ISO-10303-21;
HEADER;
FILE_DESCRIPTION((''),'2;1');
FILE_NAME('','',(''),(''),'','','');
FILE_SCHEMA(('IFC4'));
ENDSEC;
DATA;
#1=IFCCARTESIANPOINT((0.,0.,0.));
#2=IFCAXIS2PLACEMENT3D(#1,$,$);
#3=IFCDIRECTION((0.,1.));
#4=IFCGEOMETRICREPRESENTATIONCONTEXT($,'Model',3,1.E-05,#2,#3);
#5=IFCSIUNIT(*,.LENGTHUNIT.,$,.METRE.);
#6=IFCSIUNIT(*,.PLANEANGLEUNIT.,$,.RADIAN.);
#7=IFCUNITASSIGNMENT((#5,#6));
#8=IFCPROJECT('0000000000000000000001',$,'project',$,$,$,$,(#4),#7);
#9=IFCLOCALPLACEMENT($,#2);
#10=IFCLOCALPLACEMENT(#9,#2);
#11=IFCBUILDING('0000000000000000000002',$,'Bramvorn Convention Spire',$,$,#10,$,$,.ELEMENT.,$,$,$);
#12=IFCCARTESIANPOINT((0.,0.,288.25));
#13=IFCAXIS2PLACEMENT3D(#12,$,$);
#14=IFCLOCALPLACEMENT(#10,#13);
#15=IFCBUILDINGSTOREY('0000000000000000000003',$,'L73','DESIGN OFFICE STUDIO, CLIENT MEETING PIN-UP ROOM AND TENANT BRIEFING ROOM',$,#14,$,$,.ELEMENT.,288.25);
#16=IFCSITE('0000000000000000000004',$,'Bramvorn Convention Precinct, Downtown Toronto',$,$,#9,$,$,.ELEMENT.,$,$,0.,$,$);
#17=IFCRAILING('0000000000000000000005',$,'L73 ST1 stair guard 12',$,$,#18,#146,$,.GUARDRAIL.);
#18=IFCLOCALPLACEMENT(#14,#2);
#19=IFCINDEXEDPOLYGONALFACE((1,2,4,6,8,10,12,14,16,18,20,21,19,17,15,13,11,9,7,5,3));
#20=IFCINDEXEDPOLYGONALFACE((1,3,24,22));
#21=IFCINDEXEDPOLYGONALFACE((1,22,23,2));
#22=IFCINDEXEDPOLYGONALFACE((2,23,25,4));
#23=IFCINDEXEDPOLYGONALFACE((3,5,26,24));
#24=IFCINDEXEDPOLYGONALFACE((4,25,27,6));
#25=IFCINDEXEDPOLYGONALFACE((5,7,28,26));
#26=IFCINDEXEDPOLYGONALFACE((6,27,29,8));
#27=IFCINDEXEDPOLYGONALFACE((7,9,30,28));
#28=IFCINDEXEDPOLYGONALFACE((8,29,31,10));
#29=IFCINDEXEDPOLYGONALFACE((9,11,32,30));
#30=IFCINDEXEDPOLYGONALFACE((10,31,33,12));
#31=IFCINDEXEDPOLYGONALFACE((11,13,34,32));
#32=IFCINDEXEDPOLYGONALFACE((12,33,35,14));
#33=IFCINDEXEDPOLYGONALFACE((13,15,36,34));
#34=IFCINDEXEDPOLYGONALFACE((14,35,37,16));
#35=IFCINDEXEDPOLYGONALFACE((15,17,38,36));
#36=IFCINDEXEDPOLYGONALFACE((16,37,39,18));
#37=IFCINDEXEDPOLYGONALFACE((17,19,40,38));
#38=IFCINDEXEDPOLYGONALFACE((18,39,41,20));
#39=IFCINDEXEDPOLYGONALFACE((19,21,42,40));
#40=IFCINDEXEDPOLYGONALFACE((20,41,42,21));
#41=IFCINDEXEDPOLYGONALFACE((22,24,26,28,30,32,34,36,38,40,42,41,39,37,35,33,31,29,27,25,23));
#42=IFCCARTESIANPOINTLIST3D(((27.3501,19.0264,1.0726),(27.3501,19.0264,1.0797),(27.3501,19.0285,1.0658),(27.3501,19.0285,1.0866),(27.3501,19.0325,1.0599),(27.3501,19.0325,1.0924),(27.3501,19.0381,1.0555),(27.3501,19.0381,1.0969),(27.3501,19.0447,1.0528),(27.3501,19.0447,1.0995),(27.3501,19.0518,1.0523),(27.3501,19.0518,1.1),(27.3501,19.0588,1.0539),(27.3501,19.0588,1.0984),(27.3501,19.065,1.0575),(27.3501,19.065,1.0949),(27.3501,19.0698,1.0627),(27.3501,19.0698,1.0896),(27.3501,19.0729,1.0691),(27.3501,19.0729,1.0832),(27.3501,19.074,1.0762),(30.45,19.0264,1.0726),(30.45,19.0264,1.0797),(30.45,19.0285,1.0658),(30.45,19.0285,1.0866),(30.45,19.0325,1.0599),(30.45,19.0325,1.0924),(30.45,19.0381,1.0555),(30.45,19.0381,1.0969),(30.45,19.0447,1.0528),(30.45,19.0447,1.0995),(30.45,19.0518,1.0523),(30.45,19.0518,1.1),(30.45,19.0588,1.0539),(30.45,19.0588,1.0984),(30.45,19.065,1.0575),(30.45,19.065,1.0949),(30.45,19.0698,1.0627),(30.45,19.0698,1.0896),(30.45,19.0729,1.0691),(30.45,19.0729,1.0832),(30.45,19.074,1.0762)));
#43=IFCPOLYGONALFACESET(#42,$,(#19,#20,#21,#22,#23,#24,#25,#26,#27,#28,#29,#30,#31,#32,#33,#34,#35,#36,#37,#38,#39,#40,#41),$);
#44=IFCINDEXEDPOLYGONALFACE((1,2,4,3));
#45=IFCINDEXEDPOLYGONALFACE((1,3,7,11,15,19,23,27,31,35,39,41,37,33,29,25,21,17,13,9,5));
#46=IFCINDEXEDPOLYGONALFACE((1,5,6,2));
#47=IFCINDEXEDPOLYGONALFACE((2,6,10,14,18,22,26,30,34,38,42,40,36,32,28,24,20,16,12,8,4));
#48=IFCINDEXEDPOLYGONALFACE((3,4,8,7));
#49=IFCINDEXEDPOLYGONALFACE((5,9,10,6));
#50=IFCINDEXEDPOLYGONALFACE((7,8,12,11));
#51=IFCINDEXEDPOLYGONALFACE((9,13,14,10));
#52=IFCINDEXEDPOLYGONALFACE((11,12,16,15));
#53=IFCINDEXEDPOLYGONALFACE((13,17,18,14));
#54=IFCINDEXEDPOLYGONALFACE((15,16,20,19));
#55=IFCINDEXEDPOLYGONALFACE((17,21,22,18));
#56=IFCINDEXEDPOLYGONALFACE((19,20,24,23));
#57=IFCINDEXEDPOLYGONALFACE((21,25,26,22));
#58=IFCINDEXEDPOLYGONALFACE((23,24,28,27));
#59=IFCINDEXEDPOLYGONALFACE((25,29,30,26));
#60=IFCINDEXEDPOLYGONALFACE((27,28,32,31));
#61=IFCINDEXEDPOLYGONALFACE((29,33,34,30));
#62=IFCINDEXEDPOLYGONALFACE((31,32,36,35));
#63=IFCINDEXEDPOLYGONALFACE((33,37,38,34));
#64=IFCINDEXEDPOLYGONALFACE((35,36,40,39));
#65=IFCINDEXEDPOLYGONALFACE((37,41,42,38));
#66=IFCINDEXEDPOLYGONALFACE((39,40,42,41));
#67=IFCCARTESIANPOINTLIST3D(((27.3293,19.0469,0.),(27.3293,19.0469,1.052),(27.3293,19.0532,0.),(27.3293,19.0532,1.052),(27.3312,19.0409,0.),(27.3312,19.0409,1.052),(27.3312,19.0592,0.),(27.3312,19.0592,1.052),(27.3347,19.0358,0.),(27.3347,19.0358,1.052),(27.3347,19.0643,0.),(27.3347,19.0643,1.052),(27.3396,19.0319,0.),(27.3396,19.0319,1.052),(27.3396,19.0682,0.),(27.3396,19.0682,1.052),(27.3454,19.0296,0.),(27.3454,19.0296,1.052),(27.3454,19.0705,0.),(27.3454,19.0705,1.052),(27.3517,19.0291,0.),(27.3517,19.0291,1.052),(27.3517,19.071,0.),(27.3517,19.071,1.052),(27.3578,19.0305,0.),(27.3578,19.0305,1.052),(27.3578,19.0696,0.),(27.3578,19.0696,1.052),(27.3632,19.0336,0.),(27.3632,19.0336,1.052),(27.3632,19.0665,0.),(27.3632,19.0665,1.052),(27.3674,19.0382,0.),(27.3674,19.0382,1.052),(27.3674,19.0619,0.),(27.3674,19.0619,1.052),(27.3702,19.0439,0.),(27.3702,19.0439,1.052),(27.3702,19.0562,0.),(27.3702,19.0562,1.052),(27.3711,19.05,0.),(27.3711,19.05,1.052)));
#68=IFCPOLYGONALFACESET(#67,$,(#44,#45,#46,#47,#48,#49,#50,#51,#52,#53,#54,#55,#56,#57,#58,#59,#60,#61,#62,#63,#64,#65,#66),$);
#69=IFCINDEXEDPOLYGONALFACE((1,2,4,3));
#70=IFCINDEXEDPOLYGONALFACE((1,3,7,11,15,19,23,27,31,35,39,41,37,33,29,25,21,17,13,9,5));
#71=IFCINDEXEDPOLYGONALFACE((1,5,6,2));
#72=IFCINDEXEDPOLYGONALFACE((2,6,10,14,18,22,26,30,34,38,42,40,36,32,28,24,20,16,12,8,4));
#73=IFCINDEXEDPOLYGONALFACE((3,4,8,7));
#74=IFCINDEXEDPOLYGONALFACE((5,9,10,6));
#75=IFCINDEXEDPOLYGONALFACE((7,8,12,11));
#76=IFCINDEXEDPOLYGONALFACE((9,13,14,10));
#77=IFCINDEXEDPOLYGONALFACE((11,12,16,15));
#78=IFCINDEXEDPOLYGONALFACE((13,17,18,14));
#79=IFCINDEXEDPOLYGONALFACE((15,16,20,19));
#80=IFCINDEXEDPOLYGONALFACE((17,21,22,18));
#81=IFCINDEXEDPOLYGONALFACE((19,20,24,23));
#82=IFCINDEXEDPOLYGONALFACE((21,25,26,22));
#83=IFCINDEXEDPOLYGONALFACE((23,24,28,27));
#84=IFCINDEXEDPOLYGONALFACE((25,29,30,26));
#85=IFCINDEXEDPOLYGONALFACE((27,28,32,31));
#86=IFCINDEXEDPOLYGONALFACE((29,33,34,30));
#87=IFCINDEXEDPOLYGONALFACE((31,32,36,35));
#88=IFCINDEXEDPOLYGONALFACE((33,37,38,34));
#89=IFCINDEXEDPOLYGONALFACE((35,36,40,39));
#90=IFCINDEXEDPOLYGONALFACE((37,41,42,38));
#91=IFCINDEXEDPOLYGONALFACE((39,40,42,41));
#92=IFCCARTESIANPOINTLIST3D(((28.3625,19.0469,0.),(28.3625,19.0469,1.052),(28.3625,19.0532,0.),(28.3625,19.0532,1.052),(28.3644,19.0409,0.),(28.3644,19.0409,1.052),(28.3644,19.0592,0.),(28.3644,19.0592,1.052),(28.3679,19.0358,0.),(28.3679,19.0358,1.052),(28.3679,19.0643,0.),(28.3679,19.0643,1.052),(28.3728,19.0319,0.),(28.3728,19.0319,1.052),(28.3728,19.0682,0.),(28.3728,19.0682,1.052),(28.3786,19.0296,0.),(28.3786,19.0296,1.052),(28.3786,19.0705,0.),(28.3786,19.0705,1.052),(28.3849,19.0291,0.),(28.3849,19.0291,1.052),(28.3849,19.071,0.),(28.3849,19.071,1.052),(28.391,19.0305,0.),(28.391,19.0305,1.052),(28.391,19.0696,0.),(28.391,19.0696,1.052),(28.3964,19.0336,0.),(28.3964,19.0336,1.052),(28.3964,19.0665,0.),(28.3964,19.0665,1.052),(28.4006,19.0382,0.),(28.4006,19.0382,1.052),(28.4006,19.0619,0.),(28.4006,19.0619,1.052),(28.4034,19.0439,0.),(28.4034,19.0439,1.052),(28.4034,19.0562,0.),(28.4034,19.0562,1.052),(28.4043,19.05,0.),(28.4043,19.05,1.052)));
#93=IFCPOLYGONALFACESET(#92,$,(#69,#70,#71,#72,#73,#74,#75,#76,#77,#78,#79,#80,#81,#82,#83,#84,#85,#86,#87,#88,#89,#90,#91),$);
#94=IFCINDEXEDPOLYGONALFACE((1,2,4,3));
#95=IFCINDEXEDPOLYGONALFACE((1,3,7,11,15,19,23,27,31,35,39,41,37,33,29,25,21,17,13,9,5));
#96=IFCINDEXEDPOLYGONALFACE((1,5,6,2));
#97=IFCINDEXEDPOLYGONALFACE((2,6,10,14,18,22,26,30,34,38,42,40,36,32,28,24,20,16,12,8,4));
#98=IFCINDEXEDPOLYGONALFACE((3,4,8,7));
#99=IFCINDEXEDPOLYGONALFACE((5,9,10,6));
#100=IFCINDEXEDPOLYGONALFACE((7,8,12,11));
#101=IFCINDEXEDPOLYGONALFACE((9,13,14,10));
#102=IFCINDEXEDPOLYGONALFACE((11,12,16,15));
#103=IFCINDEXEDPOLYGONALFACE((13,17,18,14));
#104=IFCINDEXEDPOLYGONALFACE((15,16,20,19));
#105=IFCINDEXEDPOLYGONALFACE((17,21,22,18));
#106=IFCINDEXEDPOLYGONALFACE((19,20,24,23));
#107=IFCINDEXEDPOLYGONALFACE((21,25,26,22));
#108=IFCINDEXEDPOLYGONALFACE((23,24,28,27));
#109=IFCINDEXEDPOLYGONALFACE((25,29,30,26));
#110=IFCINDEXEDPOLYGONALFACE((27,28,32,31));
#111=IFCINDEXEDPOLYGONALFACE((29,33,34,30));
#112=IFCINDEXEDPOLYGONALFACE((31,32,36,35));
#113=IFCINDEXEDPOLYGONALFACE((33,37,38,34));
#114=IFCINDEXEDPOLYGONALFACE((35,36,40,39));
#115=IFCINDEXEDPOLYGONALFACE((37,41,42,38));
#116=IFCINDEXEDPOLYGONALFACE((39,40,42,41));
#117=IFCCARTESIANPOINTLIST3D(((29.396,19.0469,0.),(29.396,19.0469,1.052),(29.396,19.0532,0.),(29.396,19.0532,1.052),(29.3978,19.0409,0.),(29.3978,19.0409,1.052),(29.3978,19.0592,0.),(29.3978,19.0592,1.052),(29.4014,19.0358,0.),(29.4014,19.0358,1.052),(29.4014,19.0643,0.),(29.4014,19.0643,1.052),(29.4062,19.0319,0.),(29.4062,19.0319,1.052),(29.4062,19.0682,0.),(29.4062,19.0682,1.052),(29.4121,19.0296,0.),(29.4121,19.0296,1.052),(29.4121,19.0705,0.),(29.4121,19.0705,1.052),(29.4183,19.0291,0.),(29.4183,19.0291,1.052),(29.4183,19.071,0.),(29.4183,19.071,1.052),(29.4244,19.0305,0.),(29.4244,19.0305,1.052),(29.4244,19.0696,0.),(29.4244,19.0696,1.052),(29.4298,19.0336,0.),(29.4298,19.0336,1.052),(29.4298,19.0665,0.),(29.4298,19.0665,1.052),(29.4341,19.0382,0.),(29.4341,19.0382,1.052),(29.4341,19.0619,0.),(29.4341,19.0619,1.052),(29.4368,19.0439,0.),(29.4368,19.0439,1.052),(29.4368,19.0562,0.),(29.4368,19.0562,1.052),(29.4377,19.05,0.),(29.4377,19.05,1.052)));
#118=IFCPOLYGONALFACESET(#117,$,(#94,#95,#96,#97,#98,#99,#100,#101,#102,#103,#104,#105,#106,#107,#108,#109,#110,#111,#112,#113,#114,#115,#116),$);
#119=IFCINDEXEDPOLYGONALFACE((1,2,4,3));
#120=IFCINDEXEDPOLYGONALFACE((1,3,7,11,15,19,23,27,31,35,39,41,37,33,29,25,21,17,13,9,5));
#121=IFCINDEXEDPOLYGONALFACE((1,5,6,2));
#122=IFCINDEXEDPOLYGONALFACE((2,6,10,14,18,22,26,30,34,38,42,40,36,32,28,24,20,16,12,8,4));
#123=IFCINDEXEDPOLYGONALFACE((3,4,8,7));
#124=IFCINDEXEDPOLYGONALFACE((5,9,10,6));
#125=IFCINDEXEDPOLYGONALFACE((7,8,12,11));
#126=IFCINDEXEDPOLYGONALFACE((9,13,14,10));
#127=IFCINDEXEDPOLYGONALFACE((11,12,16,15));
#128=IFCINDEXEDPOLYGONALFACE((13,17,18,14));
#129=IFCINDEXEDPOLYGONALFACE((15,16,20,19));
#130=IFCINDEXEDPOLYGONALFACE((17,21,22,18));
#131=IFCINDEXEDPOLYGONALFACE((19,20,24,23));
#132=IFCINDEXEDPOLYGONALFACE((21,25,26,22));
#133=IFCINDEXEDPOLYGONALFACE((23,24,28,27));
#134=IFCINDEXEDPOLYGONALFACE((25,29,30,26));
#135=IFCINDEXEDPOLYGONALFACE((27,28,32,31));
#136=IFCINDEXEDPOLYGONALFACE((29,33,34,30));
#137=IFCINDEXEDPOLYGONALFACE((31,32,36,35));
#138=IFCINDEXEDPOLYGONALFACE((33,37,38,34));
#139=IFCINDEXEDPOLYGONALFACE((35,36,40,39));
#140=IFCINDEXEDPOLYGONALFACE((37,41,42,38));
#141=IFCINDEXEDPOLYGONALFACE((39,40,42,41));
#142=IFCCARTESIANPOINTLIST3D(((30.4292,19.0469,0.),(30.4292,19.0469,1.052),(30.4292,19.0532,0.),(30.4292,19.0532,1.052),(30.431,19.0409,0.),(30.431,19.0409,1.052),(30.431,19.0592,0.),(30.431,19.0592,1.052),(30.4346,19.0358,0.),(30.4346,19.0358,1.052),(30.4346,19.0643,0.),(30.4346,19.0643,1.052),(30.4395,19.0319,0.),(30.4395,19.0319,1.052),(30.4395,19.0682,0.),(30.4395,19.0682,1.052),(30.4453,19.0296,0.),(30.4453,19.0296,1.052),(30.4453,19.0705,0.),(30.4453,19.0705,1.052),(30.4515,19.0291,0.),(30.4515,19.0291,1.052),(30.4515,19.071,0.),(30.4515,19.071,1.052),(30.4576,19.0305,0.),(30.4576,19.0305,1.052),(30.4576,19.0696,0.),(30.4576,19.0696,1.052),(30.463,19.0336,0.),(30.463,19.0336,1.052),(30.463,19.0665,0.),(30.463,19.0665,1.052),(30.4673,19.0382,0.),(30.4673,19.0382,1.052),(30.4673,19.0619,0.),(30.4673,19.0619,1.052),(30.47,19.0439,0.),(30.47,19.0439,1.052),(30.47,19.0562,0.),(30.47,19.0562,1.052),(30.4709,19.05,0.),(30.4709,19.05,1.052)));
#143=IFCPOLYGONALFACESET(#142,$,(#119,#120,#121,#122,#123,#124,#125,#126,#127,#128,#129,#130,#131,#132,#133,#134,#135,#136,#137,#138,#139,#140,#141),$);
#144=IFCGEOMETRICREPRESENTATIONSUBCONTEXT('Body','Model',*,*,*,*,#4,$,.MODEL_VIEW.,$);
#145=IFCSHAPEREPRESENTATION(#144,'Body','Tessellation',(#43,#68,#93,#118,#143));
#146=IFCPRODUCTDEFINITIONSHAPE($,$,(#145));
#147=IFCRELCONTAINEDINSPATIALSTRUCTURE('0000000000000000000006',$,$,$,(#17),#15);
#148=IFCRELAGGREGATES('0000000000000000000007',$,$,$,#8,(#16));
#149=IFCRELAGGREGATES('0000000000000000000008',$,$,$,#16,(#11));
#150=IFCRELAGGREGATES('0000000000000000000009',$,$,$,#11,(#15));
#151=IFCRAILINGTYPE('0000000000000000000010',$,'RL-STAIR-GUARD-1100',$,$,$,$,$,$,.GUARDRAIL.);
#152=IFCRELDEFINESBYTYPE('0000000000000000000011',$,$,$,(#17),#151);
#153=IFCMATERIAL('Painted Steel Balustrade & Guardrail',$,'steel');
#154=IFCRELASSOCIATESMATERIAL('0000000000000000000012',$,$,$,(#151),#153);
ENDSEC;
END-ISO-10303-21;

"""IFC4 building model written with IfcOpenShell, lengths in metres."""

from ifc_helpers import new_model, si_unit, direction, frame, origin, origin_2d, place, context, subcontext, project, spatial, circle, extrude, material, type_object, element, save


model = new_model("IFC4")

# Units and contexts
model_context = context("Model", 3, precision=1e-05, world=origin(), true_north=direction((0.0, 1.0)))
body_context = subcontext(model_context, "Body", "Model", "MODEL_VIEW")
ifc_project = project(units=[si_unit("LENGTHUNIT", "METRE"), si_unit("PLANEANGLEUNIT", "RADIAN")], contexts=[model_context])

# Site, building, storey
site_placement = place(None, origin())
site = spatial("IfcSite", under=ifc_project, at=site_placement, Name="Bramvorn Convention Precinct, Downtown Toronto", CompositionType="ELEMENT", RefElevation=0.0)
building_placement = place(site_placement, origin())
building = spatial("IfcBuilding", under=site, at=building_placement, Name="Bramvorn Convention Spire", CompositionType="ELEMENT")
storey_placement = place(building_placement, frame((0.0, 0.0, 288.25)))
storey = spatial("IfcBuildingStorey", under=building, at=storey_placement, Name="L73", Description="DESIGN OFFICE STUDIO, CLIENT MEETING PIN-UP ROOM AND TENANT BRIEFING ROOM", CompositionType="ELEMENT", Elevation=288.25)

# Railing
ifc_material_1 = material(Name="Painted Steel Balustrade & Guardrail", Category="steel")
railing_type = type_object("IfcRailingType", Name="RL-STAIR-GUARD-1100", PredefinedType="GUARDRAIL", material=ifc_material_1)
railing_1_placement = place(storey_placement, frame((27.3501, 19.05, 0.0)))
element("IfcRailing", 1, at=railing_1_placement, inside=storey, type_object=railing_type, Name="L73 ST1 stair guard 12", PredefinedType="GUARDRAIL", context=body_context, shape_type="SweptSolid", body=[
    extrude(circle(Radius=0.0239, at=origin_2d()), frame((0.0, 0.0, 1.0762), z_axis=(1.0, 0.0, 0.0), x_axis=(0.0, 1.0, 0.0)), (0.0, 0.0, 1.0), 3.0999),
    extrude(circle(Radius=0.021, at=origin_2d()), origin(), (0.0, 0.0, 1.0), 1.052),
    extrude(circle(Radius=0.021, at=origin_2d()), frame((1.0332, 0.0, 0.0)), (0.0, 0.0, 1.0), 1.052),
    extrude(circle(Radius=0.021, at=origin_2d()), frame((2.0667, 0.0, 0.0)), (0.0, 0.0, 1.0), 1.052),
    extrude(circle(Radius=0.021, at=origin_2d()), frame((3.0999, 0.0, 0.0)), (0.0, 0.0, 1.0), 1.052),
])

save(model, "model.ifc")
